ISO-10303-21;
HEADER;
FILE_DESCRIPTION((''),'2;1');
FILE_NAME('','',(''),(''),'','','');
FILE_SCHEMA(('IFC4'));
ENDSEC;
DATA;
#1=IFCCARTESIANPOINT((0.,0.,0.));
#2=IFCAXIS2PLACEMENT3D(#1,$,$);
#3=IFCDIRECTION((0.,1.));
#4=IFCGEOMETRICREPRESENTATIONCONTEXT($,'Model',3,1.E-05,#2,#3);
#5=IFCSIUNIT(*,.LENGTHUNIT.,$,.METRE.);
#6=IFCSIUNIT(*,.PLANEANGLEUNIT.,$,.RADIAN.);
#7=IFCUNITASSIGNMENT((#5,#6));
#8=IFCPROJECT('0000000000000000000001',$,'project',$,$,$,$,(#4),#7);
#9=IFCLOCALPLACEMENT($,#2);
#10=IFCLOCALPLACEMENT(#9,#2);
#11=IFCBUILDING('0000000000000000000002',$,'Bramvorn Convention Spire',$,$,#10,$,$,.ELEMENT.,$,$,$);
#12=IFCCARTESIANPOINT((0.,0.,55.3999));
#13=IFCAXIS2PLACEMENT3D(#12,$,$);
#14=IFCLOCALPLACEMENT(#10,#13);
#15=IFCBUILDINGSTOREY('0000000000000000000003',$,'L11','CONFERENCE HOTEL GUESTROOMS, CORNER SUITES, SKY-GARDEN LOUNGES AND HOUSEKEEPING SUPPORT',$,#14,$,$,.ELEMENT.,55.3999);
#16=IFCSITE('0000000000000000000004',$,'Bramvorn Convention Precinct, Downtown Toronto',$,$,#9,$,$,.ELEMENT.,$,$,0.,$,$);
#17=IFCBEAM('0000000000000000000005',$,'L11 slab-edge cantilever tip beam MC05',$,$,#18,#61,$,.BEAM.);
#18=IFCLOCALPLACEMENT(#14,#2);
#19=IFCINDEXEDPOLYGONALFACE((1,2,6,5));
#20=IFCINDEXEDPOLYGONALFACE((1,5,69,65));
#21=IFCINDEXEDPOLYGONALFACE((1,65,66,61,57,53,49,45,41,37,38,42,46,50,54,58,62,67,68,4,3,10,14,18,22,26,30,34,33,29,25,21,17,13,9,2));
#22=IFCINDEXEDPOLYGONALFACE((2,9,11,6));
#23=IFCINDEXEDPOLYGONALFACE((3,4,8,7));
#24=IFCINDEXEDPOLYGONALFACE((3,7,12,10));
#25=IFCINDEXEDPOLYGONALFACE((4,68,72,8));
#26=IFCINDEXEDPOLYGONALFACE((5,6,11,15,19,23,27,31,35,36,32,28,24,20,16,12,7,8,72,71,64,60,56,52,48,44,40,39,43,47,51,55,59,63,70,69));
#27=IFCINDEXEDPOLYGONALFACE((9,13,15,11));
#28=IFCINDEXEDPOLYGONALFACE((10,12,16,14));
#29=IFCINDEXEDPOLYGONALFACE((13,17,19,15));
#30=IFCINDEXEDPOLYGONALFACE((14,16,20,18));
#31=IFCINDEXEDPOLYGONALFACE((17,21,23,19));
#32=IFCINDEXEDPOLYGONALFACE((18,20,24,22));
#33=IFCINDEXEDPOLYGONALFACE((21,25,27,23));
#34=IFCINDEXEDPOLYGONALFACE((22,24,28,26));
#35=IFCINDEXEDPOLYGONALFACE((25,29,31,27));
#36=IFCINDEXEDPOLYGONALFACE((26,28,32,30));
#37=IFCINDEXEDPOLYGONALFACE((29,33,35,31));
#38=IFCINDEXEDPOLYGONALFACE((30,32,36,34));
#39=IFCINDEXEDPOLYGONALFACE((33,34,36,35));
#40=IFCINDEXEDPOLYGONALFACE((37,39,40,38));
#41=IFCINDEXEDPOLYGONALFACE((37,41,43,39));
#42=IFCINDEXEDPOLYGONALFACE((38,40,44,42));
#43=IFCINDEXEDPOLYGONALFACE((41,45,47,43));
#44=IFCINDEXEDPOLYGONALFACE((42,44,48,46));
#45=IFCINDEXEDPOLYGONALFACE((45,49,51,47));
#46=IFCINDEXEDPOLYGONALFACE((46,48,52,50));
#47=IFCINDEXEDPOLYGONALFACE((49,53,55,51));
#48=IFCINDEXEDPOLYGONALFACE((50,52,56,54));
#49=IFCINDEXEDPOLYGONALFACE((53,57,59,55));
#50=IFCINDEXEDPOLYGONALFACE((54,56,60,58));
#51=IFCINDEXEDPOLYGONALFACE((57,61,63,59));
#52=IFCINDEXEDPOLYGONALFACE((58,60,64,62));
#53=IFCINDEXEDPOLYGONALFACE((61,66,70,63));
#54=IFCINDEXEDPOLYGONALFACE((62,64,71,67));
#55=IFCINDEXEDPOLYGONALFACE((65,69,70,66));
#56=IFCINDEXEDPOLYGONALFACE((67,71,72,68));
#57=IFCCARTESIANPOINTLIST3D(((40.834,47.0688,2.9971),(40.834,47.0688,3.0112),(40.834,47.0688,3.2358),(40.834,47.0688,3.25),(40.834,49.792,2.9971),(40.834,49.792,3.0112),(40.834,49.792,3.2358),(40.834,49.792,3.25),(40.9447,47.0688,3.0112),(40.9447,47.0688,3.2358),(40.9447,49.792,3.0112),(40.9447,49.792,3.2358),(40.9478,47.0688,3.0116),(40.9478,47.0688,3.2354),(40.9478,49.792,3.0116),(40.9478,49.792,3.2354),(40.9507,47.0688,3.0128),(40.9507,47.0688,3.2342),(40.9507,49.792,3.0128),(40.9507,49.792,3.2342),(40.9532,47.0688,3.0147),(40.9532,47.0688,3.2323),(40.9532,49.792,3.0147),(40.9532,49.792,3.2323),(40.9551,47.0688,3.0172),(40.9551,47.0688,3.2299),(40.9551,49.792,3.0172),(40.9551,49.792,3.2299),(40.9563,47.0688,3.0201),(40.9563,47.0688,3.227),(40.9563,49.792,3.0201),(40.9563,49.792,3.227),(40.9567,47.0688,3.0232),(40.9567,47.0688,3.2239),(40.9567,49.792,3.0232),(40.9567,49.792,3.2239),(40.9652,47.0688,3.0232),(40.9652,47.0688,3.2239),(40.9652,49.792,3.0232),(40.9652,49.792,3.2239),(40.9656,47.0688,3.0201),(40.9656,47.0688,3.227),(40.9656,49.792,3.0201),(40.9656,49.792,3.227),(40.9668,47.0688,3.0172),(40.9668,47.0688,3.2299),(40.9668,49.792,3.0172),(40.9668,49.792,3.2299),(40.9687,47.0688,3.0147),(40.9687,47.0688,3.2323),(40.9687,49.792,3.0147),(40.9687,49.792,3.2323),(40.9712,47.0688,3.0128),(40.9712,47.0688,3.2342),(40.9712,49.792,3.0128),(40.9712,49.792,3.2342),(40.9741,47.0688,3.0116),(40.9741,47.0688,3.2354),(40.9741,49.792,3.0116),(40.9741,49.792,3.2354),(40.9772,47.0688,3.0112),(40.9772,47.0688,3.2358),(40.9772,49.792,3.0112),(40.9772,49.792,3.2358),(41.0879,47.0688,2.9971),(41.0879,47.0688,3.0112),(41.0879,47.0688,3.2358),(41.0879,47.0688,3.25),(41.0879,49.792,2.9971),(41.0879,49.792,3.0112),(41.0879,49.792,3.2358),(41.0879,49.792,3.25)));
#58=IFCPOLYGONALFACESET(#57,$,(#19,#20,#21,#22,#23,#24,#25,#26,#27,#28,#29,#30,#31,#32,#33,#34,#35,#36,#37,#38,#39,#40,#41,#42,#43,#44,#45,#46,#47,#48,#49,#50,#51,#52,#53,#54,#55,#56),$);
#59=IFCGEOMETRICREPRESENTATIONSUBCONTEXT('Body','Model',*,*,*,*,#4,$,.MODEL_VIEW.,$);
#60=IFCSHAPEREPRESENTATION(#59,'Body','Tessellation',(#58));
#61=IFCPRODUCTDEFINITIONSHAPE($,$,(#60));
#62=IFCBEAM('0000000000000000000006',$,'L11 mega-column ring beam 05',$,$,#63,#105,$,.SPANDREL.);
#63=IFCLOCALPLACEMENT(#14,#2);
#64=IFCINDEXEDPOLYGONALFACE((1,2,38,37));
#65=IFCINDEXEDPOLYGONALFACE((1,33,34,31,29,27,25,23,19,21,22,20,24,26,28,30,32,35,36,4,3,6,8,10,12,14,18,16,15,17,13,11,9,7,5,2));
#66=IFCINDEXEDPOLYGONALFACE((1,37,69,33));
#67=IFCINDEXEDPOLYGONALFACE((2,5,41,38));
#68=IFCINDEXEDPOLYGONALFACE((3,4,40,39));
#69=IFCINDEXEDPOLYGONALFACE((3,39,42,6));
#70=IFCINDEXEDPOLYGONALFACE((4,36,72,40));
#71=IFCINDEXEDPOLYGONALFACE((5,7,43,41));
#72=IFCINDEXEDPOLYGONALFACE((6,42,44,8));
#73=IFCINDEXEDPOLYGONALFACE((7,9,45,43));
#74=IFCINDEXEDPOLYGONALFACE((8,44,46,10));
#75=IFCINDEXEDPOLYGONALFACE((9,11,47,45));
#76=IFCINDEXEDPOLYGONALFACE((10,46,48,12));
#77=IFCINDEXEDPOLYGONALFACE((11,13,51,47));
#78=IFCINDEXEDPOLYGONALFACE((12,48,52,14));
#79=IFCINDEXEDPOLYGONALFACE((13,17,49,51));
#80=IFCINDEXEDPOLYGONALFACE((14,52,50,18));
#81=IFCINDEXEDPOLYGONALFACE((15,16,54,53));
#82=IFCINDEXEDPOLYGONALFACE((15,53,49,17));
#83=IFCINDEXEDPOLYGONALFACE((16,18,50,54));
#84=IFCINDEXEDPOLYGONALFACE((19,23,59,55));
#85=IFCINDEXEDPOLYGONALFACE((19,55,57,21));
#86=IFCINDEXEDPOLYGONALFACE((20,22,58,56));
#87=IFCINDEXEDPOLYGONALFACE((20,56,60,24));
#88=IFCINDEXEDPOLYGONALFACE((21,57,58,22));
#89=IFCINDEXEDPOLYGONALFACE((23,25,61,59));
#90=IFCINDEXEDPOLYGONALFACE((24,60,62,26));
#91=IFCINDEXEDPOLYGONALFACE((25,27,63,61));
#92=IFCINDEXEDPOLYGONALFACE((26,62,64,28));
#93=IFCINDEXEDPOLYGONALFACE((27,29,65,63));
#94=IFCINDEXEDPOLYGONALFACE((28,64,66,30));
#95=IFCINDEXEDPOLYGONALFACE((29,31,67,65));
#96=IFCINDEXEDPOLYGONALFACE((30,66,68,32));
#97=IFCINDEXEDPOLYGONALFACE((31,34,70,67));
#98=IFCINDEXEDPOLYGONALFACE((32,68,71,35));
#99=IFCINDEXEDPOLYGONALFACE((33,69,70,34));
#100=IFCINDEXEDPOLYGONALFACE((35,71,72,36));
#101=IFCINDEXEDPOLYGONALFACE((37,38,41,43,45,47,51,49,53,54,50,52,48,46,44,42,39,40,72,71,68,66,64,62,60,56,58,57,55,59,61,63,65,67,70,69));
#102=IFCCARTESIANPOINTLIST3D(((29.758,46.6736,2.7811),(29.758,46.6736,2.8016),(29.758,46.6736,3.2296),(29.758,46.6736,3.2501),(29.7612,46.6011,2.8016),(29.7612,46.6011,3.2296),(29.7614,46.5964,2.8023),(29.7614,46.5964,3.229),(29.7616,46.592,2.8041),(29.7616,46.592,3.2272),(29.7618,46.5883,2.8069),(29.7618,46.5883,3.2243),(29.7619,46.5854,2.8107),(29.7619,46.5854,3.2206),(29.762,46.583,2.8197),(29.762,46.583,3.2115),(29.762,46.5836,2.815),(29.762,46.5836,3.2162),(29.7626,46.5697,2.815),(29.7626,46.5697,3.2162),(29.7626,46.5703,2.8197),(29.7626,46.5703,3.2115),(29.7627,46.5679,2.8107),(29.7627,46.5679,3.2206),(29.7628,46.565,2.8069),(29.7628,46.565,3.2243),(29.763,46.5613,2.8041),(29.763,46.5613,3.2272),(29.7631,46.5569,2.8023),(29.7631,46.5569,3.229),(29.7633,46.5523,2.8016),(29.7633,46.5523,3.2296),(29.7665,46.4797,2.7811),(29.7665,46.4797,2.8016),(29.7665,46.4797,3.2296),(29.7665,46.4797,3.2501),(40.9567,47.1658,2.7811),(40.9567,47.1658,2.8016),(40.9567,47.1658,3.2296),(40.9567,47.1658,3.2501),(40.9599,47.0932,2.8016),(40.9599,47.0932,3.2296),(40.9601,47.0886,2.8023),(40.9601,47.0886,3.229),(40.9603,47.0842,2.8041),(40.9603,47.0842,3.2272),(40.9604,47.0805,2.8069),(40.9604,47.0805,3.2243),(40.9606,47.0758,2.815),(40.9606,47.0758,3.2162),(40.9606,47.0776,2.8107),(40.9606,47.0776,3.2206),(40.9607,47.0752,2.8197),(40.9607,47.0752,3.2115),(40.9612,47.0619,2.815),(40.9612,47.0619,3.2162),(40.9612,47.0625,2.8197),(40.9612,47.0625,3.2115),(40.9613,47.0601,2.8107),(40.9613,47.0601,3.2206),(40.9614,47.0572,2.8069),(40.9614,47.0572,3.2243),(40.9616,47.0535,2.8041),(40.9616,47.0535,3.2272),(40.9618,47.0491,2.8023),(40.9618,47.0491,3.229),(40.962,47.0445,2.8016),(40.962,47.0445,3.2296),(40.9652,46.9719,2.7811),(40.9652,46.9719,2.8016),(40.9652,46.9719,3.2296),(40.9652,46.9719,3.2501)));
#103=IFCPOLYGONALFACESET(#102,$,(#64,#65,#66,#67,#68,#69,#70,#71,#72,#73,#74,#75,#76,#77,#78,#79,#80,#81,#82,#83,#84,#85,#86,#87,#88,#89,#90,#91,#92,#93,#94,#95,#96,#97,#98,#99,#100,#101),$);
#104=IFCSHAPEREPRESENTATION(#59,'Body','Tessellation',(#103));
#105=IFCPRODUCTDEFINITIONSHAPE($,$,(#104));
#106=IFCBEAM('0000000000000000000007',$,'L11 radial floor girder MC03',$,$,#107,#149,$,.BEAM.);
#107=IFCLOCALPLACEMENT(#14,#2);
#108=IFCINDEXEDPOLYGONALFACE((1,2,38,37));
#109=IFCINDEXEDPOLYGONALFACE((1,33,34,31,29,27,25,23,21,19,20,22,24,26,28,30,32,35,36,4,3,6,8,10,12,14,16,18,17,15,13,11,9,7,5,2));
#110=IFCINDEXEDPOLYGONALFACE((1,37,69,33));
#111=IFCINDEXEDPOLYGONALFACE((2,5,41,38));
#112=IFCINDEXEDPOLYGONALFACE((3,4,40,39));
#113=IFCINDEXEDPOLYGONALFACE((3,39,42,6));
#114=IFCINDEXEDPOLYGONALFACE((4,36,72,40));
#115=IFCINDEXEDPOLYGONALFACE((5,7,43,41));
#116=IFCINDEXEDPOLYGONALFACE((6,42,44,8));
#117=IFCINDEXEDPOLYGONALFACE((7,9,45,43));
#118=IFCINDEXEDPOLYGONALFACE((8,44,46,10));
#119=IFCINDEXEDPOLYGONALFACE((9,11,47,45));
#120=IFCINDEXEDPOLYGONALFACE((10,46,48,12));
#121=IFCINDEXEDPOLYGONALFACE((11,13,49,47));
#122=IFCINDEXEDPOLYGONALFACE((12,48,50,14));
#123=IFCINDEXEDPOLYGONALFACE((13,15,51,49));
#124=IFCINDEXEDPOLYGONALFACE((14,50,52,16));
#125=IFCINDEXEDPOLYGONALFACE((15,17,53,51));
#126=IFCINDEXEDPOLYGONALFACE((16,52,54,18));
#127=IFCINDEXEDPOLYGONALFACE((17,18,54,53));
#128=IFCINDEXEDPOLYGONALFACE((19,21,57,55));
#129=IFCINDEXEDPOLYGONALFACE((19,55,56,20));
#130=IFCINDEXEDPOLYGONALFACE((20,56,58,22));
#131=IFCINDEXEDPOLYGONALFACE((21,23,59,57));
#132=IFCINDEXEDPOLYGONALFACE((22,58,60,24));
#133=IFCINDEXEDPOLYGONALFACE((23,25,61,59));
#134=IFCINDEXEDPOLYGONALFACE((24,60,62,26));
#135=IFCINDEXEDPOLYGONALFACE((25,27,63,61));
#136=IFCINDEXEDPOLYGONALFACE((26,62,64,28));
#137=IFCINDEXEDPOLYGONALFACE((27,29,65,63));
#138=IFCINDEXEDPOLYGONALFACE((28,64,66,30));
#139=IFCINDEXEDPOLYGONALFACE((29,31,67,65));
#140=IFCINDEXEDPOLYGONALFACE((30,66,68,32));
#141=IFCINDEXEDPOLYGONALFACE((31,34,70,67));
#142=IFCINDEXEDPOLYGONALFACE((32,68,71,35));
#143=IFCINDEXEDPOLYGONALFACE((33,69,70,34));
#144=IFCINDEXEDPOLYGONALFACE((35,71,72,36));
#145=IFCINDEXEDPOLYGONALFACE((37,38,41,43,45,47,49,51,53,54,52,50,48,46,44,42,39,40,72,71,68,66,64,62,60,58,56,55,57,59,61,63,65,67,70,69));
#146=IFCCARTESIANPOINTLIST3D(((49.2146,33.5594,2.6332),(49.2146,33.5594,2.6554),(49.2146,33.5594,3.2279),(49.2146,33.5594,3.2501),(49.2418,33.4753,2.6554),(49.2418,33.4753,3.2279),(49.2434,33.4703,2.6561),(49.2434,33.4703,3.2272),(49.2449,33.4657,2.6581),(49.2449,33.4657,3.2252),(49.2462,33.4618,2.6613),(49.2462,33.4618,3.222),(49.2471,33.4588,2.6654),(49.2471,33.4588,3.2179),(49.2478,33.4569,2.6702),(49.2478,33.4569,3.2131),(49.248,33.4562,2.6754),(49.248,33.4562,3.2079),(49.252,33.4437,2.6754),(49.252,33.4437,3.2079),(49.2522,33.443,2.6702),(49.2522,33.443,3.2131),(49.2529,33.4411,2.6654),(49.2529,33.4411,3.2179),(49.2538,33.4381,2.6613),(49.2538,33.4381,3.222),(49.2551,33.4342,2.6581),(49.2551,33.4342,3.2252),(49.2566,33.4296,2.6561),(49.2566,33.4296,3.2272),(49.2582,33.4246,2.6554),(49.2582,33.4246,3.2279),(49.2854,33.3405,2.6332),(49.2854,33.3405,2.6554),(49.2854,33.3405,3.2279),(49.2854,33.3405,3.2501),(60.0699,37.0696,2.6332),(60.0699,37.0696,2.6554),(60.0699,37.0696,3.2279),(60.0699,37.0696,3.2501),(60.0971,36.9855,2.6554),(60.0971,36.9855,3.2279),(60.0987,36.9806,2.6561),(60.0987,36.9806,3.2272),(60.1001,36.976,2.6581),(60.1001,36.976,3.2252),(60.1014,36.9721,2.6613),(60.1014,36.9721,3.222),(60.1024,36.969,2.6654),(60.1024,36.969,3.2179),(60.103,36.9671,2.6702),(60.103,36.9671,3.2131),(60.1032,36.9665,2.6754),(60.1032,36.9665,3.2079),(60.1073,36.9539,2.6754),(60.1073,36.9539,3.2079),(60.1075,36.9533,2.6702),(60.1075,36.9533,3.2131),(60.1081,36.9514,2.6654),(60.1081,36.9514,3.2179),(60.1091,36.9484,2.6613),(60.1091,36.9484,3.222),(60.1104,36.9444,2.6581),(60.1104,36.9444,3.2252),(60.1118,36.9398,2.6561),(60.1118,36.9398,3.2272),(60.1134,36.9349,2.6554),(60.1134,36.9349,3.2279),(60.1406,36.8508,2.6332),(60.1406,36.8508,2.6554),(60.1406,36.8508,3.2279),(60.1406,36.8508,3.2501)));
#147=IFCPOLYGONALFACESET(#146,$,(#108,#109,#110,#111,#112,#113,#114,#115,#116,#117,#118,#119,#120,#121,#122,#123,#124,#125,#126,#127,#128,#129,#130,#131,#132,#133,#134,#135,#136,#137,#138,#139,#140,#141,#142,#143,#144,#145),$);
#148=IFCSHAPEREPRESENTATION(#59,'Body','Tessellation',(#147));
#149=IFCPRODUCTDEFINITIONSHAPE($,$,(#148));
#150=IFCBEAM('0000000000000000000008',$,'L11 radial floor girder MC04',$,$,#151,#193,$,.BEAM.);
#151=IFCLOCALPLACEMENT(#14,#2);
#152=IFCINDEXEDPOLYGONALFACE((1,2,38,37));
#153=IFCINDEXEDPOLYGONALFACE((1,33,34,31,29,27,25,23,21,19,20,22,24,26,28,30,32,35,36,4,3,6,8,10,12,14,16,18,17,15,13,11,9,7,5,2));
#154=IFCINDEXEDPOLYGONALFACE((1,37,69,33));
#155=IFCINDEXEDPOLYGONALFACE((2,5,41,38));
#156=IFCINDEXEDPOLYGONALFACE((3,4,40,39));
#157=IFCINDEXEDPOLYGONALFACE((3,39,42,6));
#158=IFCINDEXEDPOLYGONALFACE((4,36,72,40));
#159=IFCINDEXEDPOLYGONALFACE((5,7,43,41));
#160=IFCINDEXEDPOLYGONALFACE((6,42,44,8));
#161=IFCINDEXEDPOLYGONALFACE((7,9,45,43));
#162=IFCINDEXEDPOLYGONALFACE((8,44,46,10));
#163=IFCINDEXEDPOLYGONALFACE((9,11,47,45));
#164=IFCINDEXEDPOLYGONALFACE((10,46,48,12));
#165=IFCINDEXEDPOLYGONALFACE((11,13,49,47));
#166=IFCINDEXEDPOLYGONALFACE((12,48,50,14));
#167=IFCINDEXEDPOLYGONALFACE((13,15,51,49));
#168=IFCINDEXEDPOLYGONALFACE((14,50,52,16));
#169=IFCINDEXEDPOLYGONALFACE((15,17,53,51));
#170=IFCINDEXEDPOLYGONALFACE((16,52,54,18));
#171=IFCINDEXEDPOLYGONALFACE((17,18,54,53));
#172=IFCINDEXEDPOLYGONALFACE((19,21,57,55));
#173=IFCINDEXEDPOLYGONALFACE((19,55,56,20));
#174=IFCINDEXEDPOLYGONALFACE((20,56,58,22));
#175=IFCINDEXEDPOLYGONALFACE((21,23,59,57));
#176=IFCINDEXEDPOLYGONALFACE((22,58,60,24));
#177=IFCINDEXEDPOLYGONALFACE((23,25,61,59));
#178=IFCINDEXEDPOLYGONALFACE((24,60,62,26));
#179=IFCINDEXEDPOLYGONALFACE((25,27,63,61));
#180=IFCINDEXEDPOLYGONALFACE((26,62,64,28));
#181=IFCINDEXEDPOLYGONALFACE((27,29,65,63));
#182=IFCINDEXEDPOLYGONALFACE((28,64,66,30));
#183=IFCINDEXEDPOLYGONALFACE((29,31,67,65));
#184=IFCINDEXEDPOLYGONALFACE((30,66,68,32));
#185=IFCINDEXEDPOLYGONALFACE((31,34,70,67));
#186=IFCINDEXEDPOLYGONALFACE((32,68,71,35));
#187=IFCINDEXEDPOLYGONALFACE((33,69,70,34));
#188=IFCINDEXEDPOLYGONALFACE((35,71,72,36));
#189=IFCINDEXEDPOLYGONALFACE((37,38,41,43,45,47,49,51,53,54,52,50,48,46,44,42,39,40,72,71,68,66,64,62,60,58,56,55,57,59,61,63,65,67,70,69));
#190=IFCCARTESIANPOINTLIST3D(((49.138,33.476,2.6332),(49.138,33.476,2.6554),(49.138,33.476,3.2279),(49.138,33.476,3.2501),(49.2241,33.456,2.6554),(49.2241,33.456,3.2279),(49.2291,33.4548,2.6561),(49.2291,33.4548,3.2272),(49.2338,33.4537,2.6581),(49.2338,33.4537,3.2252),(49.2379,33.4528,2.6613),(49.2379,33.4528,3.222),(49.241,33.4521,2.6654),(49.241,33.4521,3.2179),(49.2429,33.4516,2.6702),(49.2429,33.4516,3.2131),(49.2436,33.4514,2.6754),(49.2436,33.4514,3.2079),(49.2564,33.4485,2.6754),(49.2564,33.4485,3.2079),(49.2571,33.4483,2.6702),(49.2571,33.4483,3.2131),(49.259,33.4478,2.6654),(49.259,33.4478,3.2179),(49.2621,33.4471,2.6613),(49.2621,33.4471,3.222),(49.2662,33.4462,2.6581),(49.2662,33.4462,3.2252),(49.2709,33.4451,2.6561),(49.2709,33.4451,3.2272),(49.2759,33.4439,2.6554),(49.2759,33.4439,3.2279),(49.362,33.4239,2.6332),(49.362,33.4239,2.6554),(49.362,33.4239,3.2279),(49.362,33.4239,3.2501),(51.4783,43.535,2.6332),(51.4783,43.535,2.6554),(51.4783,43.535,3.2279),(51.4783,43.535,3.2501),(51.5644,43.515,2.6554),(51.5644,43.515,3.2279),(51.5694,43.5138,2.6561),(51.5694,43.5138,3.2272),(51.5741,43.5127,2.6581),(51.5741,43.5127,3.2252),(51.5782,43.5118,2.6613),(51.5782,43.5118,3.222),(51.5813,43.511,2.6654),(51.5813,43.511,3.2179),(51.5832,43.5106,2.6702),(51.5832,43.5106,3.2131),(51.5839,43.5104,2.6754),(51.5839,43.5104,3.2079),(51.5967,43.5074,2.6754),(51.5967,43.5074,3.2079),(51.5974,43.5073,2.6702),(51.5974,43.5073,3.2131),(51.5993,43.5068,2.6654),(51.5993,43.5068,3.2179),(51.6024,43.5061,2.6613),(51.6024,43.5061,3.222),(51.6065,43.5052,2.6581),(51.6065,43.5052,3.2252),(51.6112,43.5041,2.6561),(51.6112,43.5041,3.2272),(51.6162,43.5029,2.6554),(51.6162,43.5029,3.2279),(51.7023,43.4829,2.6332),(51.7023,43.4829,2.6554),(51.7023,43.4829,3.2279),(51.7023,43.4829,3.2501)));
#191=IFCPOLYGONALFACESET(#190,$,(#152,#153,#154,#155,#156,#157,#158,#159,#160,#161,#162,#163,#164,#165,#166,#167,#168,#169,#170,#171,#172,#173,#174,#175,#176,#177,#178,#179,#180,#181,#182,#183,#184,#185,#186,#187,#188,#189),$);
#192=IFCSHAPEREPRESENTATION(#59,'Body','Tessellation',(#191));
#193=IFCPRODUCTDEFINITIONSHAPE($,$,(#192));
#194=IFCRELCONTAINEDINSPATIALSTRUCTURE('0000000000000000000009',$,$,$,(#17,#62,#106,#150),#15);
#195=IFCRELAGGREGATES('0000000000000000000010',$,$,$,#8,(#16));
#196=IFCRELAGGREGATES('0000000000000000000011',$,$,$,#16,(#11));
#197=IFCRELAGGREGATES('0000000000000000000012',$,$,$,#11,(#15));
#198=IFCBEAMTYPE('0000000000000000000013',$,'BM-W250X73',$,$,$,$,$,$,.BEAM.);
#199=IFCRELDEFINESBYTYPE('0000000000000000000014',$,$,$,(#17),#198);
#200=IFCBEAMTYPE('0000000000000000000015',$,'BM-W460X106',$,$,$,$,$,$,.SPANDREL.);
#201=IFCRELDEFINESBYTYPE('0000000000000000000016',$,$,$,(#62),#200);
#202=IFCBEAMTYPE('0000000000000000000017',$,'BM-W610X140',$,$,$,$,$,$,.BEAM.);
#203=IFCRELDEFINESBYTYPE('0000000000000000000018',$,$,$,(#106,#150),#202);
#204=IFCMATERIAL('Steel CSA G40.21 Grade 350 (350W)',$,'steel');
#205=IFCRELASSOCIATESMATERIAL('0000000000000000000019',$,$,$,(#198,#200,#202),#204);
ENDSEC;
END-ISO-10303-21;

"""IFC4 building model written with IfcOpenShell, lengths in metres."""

from ifc_helpers import new_model, si_unit, direction, frame, origin, origin_2d, place, context, subcontext, project, spatial, i_section, extrude, material, material_profile, profile_set, type_object, element, save


model = new_model("IFC4")

# Units and contexts
model_context = context("Model", 3, precision=1e-05, world=origin(), true_north=direction((0.0, 1.0)))
body_context = subcontext(model_context, "Body", "Model", "MODEL_VIEW")
ifc_project = project(units=[si_unit("LENGTHUNIT", "METRE"), si_unit("PLANEANGLEUNIT", "RADIAN")], contexts=[model_context])

# Site, building, storey
site_placement = place(None, origin())
site = spatial("IfcSite", under=ifc_project, at=site_placement, Name="Bramvorn Convention Precinct, Downtown Toronto", CompositionType="ELEMENT", RefElevation=0.0)
building_placement = place(site_placement, origin())
building = spatial("IfcBuilding", under=site, at=building_placement, Name="Bramvorn Convention Spire", CompositionType="ELEMENT")
storey_placement = place(building_placement, frame((0.0, 0.0, 55.3999)))
storey = spatial("IfcBuildingStorey", under=building, at=storey_placement, Name="L11", Description="CONFERENCE HOTEL GUESTROOMS, CORNER SUITES, SKY-GARDEN LOUNGES AND HOUSEKEEPING SUPPORT", CompositionType="ELEMENT", Elevation=55.3999)

# Shared definitions
ifc_material_1 = material(Name="Steel CSA G40.21 Grade 350 (350W)", Category="steel")

# Beams
ifc_material_profile_1 = material_profile(ifc_material_1, i_section(OverallWidth=0.2539, OverallDepth=0.2529, WebThickness=0.0085, FlangeThickness=0.0142, FilletRadius=0.012, at=origin_2d()))
ifc_profile_set_1 = profile_set([ifc_material_profile_1], Name="Steel CSA G40.21 Grade 350 (350W) - W250X73")
beam_type_1 = type_object("IfcBeamType", Name="BM-W250X73", PredefinedType="BEAM", material=ifc_profile_set_1)
beam_1_placement = place(storey_placement, frame((40.9609, 47.0688, 3.1235), z_axis=(0.0, 1.0, 0.0), x_axis=(-1.0, 0.0, 0.0)))
element("IfcBeam", 1, at=beam_1_placement, inside=storey, type_object=beam_type_1, Name="L11 slab-edge cantilever tip beam MC05", PredefinedType="BEAM", context=body_context, shape_type="SweptSolid", body=[
    extrude(i_section(OverallWidth=0.2539, OverallDepth=0.2529, WebThickness=0.0085, FlangeThickness=0.0142, FilletRadius=0.012, at=origin_2d()), origin(), (0.0, 0.0, 1.0), 2.7231),
])
ifc_material_profile_2 = material_profile(ifc_material_1, i_section(OverallWidth=0.1941, OverallDepth=0.469, WebThickness=0.0127, FlangeThickness=0.0205, FilletRadius=0.0181, at=origin_2d()))
ifc_profile_set_2 = profile_set([ifc_material_profile_2], Name="Steel CSA G40.21 Grade 350 (350W) - W460X106")
beam_type_2 = type_object("IfcBeamType", Name="BM-W460X106", PredefinedType="SPANDREL", material=ifc_profile_set_2)
beam_2_placement = place(storey_placement, frame((40.9609, 47.0688, 3.0156), z_axis=(-0.999036, -0.043908, 0.0), x_axis=(0.043908, -0.999036, 0.0)))
element("IfcBeam", 2, at=beam_2_placement, inside=storey, type_object=beam_type_2, Name="L11 mega-column ring beam 05", PredefinedType="SPANDREL", context=body_context, shape_type="SweptSolid", body=[
    extrude(i_section(OverallWidth=0.1941, OverallDepth=0.469, WebThickness=0.0127, FlangeThickness=0.0205, FilletRadius=0.0181, at=origin_2d()), origin(), (0.0, 0.0, 1.0), 11.2095),
])
ifc_material_profile_3 = material_profile(ifc_material_1, i_section(OverallWidth=0.23, OverallDepth=0.6169, WebThickness=0.0132, FlangeThickness=0.0222, FilletRadius=0.02, at=origin_2d()))
ifc_profile_set_3 = profile_set([ifc_material_profile_3], Name="Steel CSA G40.21 Grade 350 (350W) - W610X140")
beam_type_3 = type_object("IfcBeamType", Name="BM-W610X140", PredefinedType="BEAM", material=ifc_profile_set_3)
beam_3_placement = place(storey_placement, frame((49.25, 33.45, 2.9417), z_axis=(0.951489, 0.307683, 0.0), x_axis=(-0.307683, 0.951489, 0.0)))
element("IfcBeam", 3, at=beam_3_placement, inside=storey, type_object=beam_type_3, Name="L11 radial floor girder MC03", PredefinedType="BEAM", context=body_context, shape_type="SweptSolid", body=[
    extrude(i_section(OverallWidth=0.23, OverallDepth=0.6169, WebThickness=0.0132, FlangeThickness=0.0222, FilletRadius=0.02, at=origin_2d()), origin(), (0.0, 0.0, 1.0), 11.4087),
])
beam_4_placement = place(storey_placement, frame((49.25, 33.45, 2.9417), z_axis=(0.226606, 0.973986, 0.0), x_axis=(-0.973986, 0.226606, 0.0)))
element("IfcBeam", 4, at=beam_4_placement, inside=storey, type_object=beam_type_3, Name="L11 radial floor girder MC04", PredefinedType="BEAM", context=body_context, shape_type="SweptSolid", body=[
    extrude(i_section(OverallWidth=0.23, OverallDepth=0.6169, WebThickness=0.0132, FlangeThickness=0.0222, FilletRadius=0.02, at=origin_2d()), origin(), (0.0, 0.0, 1.0), 10.3276),
])

save(model, "model.ifc")
